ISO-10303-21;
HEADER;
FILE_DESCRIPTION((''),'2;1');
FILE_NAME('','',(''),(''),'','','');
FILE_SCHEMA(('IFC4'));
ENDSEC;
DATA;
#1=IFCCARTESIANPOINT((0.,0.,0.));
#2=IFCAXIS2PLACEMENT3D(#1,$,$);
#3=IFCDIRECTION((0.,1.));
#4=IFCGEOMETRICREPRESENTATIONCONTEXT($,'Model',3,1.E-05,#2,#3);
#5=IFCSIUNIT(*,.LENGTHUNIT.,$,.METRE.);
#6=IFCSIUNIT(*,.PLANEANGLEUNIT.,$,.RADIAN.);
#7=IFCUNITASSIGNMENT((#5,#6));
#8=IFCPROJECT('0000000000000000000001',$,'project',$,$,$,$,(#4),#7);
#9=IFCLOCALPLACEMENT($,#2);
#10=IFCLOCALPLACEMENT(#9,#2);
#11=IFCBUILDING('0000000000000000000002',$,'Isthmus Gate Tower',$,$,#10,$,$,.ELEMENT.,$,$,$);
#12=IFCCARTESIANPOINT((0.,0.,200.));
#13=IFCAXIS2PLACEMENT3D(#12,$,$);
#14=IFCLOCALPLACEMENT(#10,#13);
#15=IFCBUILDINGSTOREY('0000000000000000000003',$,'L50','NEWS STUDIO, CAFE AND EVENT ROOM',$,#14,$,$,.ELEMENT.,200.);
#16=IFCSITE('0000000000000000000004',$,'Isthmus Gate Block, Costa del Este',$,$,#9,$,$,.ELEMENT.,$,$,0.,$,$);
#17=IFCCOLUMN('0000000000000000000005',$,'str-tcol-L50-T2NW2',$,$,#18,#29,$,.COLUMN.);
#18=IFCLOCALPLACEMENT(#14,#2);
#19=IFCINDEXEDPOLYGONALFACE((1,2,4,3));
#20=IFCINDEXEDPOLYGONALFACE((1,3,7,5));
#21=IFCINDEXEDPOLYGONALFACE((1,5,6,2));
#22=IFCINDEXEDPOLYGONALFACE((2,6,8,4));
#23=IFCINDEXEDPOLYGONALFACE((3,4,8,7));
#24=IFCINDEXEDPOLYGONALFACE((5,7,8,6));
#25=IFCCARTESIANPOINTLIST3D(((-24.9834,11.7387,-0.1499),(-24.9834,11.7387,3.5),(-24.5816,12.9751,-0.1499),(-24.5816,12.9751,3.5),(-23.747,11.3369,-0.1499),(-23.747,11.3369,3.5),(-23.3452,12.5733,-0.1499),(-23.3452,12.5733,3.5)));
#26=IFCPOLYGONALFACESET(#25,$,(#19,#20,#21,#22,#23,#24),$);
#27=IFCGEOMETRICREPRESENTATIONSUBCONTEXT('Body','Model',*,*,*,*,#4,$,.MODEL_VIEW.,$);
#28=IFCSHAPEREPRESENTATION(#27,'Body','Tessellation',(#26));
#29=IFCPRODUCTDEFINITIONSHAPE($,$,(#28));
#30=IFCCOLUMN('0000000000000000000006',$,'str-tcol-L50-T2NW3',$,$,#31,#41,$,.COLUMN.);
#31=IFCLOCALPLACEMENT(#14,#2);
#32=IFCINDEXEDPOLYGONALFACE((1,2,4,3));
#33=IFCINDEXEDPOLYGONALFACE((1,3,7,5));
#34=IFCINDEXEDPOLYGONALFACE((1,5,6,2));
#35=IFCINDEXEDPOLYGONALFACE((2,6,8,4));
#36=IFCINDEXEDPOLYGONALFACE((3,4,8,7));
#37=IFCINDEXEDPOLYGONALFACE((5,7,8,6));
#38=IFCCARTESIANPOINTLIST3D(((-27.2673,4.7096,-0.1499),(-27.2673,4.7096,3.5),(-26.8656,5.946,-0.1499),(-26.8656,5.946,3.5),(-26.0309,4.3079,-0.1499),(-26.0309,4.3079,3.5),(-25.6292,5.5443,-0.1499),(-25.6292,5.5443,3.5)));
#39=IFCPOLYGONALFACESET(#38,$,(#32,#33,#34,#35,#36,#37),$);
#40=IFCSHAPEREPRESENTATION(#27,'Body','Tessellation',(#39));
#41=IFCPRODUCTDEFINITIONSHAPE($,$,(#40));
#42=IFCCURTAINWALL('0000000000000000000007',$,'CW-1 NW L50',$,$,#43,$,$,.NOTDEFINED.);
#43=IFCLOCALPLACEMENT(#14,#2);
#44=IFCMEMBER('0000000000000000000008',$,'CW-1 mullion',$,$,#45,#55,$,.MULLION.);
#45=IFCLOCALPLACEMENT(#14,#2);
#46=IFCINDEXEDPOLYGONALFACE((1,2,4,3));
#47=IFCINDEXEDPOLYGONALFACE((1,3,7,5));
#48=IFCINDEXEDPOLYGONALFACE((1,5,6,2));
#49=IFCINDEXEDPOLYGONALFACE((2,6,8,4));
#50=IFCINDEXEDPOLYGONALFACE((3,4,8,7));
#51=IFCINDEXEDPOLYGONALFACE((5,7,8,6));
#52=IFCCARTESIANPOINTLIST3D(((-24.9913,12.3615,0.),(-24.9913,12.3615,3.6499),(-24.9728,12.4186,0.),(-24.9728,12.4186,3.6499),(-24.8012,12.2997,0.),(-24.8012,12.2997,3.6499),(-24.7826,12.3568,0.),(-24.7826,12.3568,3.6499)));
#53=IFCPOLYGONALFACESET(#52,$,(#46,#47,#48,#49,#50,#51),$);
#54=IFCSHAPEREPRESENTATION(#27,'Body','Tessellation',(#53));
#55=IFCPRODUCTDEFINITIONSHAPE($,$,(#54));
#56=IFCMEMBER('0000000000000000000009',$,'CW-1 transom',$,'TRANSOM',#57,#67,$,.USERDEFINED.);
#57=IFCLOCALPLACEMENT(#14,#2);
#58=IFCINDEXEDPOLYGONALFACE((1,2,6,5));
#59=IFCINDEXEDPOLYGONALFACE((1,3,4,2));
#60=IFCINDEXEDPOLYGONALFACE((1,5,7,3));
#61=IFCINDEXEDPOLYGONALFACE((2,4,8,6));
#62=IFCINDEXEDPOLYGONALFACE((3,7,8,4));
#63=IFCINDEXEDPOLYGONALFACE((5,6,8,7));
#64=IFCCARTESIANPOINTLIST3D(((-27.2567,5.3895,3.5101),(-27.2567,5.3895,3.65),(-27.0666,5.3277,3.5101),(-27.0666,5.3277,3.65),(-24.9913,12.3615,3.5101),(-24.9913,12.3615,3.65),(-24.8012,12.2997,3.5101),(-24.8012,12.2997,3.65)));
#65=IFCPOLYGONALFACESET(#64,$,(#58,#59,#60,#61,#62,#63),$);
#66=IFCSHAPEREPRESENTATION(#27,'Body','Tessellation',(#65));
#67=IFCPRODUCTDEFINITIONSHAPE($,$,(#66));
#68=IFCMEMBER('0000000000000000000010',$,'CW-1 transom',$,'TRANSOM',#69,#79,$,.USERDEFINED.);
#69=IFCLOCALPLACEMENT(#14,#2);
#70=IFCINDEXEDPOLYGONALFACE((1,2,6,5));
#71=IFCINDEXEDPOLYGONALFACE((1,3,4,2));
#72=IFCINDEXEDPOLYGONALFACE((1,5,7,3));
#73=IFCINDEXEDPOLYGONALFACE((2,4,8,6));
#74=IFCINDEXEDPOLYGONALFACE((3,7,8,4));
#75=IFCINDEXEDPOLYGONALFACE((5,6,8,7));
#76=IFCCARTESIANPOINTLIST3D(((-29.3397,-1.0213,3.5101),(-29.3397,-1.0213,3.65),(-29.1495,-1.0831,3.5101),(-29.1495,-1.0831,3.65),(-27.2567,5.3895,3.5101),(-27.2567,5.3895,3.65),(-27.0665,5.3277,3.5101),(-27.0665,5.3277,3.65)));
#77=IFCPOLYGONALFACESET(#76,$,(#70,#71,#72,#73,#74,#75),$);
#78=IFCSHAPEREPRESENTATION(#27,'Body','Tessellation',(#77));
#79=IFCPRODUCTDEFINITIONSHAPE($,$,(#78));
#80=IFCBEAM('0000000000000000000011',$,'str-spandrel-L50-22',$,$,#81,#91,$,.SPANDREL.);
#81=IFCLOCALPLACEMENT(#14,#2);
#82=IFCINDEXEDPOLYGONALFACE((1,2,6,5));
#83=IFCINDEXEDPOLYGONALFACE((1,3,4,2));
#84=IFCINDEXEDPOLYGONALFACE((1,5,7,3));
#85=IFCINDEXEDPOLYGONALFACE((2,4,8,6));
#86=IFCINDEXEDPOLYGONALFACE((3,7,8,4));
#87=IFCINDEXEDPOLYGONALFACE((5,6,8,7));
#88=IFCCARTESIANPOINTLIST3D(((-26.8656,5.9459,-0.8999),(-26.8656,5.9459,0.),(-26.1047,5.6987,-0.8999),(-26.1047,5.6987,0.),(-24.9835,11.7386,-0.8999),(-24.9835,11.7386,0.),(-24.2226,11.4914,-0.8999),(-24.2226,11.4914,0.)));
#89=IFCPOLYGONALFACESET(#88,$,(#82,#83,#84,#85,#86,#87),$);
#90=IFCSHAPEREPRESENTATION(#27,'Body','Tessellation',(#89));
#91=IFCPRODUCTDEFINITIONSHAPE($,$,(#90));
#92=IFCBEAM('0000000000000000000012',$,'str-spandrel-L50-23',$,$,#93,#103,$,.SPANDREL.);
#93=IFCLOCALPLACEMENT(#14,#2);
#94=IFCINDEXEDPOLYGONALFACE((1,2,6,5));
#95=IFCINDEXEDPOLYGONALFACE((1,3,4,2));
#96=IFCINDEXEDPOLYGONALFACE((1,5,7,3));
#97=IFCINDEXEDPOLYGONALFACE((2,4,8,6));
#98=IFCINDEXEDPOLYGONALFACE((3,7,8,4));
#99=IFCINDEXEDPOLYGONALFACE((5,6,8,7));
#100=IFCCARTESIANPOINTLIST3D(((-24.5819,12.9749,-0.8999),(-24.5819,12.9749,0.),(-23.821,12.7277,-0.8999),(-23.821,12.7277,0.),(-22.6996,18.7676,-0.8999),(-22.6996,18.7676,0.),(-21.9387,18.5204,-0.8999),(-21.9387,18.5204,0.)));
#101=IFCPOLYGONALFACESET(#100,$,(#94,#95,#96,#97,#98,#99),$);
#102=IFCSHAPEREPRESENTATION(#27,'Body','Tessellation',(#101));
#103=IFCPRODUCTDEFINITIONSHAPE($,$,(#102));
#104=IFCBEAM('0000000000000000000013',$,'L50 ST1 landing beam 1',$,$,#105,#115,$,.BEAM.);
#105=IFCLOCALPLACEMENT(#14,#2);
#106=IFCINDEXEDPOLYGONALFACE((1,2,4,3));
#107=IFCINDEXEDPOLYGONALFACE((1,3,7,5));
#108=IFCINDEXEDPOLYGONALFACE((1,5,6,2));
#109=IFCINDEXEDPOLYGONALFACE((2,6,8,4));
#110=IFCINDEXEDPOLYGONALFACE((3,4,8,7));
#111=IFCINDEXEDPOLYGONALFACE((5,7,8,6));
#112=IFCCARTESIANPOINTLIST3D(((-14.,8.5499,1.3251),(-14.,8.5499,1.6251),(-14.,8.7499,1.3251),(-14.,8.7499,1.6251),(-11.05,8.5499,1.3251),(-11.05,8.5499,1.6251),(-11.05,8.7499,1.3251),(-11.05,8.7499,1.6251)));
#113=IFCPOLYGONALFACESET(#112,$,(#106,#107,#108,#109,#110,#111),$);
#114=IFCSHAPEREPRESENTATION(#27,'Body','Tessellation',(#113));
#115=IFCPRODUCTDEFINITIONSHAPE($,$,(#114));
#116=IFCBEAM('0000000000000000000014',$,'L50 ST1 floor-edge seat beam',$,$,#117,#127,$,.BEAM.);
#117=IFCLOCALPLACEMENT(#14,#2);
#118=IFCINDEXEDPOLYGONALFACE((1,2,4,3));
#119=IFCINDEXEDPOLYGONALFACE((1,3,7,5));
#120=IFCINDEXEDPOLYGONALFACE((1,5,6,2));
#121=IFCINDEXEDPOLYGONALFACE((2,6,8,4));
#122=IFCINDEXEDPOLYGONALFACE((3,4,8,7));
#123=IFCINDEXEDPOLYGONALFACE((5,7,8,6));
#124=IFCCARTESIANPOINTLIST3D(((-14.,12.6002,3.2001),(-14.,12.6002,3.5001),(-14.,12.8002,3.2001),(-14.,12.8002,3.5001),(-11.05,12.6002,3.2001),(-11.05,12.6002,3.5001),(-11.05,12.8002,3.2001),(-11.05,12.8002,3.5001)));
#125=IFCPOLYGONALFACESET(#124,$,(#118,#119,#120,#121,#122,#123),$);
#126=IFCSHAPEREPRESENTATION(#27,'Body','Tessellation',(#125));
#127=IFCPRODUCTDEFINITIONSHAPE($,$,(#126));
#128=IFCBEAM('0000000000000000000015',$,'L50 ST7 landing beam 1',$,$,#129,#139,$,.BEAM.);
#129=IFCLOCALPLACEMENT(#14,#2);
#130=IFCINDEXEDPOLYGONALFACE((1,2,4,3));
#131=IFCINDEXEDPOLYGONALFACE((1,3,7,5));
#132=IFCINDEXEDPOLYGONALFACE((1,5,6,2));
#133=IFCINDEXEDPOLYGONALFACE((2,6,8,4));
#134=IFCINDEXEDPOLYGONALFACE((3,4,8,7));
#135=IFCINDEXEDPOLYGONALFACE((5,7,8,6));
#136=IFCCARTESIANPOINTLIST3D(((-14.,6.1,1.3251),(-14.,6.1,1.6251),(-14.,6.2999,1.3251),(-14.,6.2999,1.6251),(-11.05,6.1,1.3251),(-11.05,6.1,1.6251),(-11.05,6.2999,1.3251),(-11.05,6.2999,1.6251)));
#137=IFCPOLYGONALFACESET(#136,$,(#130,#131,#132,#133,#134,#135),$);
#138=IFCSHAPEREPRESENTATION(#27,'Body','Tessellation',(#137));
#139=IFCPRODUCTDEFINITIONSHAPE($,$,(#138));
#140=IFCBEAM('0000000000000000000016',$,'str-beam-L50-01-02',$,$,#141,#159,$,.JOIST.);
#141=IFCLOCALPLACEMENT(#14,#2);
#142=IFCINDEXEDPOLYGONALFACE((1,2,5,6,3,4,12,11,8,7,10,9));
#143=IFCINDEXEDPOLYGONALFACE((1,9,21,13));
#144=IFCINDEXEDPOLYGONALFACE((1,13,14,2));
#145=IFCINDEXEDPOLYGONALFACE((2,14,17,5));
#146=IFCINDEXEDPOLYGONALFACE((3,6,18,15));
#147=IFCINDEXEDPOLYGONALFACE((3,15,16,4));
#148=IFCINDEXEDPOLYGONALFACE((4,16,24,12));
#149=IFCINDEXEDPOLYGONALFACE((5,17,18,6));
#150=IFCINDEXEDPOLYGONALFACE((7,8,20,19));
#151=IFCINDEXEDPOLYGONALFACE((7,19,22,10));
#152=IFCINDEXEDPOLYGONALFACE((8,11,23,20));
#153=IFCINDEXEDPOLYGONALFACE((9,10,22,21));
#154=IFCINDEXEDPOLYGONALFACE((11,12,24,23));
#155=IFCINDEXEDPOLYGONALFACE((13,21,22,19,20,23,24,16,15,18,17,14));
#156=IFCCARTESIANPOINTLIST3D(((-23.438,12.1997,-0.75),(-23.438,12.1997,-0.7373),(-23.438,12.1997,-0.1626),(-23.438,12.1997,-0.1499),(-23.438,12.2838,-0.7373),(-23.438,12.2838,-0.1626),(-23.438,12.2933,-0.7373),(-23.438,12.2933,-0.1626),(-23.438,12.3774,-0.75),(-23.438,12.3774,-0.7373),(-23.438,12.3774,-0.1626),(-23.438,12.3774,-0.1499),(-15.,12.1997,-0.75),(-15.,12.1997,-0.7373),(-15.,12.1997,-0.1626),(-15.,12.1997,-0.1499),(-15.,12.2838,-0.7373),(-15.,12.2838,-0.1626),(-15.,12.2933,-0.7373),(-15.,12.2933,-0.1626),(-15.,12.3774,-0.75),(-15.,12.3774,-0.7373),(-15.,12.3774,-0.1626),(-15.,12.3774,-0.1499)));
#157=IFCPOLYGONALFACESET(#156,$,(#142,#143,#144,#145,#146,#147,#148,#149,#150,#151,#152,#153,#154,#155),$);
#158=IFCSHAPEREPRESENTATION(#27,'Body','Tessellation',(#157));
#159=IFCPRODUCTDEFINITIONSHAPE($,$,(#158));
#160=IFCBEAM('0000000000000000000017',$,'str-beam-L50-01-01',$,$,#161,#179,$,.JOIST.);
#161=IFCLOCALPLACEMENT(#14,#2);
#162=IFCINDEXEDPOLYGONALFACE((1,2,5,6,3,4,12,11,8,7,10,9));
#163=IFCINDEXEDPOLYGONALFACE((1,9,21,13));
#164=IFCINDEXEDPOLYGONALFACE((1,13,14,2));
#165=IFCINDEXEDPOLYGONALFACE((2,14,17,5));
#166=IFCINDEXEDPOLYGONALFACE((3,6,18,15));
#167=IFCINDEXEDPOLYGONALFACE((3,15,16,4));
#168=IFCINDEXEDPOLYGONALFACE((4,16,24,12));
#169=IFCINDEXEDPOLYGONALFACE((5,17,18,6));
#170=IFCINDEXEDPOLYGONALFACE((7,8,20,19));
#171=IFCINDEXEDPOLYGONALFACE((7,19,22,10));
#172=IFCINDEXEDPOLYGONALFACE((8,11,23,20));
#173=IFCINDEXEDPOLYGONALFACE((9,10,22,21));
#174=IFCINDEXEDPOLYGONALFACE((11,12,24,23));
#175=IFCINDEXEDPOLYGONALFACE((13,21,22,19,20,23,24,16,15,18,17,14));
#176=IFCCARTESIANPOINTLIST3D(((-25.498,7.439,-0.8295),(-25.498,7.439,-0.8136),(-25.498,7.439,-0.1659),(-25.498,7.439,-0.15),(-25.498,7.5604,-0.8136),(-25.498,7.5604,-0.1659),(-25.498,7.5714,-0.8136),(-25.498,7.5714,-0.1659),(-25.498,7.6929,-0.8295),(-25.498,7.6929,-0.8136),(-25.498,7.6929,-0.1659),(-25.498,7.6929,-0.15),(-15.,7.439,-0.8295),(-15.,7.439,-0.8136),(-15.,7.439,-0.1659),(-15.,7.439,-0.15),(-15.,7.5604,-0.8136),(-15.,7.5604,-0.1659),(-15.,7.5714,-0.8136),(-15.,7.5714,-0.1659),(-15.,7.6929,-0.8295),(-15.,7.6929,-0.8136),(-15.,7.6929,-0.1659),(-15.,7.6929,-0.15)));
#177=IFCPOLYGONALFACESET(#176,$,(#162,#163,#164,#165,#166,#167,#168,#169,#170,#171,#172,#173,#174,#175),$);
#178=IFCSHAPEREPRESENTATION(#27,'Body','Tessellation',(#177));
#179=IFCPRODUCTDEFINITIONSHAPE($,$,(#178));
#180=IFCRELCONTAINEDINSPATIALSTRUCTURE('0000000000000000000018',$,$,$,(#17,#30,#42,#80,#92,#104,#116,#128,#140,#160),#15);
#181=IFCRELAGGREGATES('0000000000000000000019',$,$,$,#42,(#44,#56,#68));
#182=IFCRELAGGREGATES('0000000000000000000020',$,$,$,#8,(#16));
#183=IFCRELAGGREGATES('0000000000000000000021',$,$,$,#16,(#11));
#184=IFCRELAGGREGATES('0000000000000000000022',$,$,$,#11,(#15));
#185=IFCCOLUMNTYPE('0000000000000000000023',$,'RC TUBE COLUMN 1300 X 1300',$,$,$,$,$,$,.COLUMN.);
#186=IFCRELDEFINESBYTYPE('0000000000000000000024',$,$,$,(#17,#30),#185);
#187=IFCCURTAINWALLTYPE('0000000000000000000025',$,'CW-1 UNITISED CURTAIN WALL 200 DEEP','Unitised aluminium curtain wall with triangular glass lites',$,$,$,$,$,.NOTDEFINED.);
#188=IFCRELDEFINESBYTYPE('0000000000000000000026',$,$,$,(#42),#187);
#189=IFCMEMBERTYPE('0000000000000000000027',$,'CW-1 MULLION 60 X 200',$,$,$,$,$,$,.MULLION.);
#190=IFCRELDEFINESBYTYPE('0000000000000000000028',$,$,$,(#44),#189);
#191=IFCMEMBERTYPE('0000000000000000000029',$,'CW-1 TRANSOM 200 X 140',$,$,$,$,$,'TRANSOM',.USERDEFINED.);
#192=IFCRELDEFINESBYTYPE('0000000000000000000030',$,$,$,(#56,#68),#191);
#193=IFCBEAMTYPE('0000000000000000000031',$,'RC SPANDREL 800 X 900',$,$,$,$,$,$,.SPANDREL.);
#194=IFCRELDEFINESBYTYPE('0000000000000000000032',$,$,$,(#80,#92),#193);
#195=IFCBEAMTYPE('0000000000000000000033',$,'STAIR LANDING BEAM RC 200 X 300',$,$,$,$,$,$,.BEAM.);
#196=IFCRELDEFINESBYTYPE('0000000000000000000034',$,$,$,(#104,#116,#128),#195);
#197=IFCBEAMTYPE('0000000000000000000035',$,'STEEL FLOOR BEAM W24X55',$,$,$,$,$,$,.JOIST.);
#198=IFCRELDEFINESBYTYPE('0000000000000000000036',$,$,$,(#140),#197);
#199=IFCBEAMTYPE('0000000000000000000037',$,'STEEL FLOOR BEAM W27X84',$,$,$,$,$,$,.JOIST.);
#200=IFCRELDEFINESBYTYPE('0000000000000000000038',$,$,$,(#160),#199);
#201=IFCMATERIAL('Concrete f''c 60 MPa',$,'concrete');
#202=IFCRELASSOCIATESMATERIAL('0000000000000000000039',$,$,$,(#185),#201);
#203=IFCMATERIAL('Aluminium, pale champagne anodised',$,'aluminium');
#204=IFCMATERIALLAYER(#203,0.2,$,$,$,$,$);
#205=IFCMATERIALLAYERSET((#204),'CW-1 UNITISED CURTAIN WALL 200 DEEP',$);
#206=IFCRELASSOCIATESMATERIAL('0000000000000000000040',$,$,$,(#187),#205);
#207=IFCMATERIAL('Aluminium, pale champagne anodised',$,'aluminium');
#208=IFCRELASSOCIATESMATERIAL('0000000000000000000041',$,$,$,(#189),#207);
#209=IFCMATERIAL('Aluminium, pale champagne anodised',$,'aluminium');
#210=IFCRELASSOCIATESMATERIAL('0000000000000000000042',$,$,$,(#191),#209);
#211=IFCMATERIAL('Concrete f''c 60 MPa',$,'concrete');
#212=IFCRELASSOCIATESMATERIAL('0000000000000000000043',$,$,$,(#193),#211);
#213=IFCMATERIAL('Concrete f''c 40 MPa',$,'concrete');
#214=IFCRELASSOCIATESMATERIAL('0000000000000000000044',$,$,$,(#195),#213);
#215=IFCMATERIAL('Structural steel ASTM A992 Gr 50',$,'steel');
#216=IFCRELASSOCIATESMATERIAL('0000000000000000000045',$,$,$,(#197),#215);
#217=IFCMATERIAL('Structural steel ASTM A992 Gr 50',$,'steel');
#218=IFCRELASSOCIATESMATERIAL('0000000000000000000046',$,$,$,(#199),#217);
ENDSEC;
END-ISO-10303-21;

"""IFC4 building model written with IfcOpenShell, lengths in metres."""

from ifc_helpers import new_model, si_unit, direction, frame, origin, origin_2d, place, context, subcontext, project, spatial, rectangle, i_section, extrude, material, layer, layer_set, material_profile, profile_set, type_object, element, aggregate, save


model = new_model("IFC4")

# Units and contexts
model_context = context("Model", 3, precision=1e-05, world=origin(), true_north=direction((0.0, 1.0)))
body_context = subcontext(model_context, "Body", "Model", "MODEL_VIEW")
ifc_project = project(units=[si_unit("LENGTHUNIT", "METRE"), si_unit("PLANEANGLEUNIT", "RADIAN")], contexts=[model_context])

# Site, building, storey
site_placement = place(None, origin())
site = spatial("IfcSite", under=ifc_project, at=site_placement, Name="Isthmus Gate Block, Costa del Este", CompositionType="ELEMENT", RefElevation=0.0)
building_placement = place(site_placement, origin())
building = spatial("IfcBuilding", under=site, at=building_placement, Name="Isthmus Gate Tower", CompositionType="ELEMENT")
storey_placement = place(building_placement, frame((0.0, 0.0, 200.0)))
storey = spatial("IfcBuildingStorey", under=building, at=storey_placement, Name="L50", Description="NEWS STUDIO, CAFE AND EVENT ROOM", CompositionType="ELEMENT", Elevation=200.0)

# Columns
ifc_material_1 = material(Name="Concrete f'c 60 MPa", Category="concrete")
ifc_material_profile_1 = material_profile(ifc_material_1, rectangle(XDim=1.3, YDim=1.3, at=origin_2d()), Name="RC 1300X1300")
ifc_profile_set_1 = profile_set([ifc_material_profile_1], Name="Concrete f'c 60 MPa")
column_type = type_object("IfcColumnType", Name="RC TUBE COLUMN 1300 X 1300", PredefinedType="COLUMN", material=ifc_profile_set_1)
for number, where, z_axis, x_axis, name in (
    (1, (-24.1643, 12.156, -0.1499), (0.0, 0.0, 1.0), (-0.309017, -0.951057, 0.0), "str-tcol-L50-T2NW2"),
    (2, (-26.4482, 5.127, -0.1499), (0.0, 0.0, 1.0), (-0.309017, -0.951057, 0.0), "str-tcol-L50-T2NW3"),
):
    element("IfcColumn", number, at=place(storey_placement, frame(where, z_axis=z_axis, x_axis=x_axis)), inside=storey, type_object=column_type, Name=name, PredefinedType="COLUMN", context=body_context, shape_type="SweptSolid", body=[
        extrude(rectangle(XDim=1.3, YDim=1.3, at=origin_2d()), origin(), (0.0, 0.0, 1.0), 3.6499),
    ])

# Curtain wall, members
ifc_material_2 = material(Name="Aluminium, pale champagne anodised", Category="aluminium")
ifc_layer_1 = layer(ifc_material_2, 0.2)
ifc_layer_set_1 = layer_set([ifc_layer_1], Name="CW-1 UNITISED CURTAIN WALL 200 DEEP")
curtain_wall_type = type_object("IfcCurtainWallType", Name="CW-1 UNITISED CURTAIN WALL 200 DEEP", Description="Unitised aluminium curtain wall with triangular glass lites", PredefinedType="NOTDEFINED", material=ifc_layer_set_1)
curtain_wall_placement = place(storey_placement, origin())
curtain_wall = element("IfcCurtainWall", 3, at=curtain_wall_placement, inside=storey, type_object=curtain_wall_type, Name="CW-1 NW L50", PredefinedType="NOTDEFINED")
ifc_material_3 = material(Name="Aluminium, pale champagne anodised", Category="aluminium")
ifc_material_profile_2 = material_profile(ifc_material_3, rectangle(XDim=0.0601, YDim=0.2, at=origin_2d()), Name="60x200")
ifc_profile_set_2 = profile_set([ifc_material_profile_2], Name="Aluminium, pale champagne anodised")
member_type_1 = type_object("IfcMemberType", Name="CW-1 MULLION 60 X 200", PredefinedType="MULLION", material=ifc_profile_set_2)
member_1_placement = place(storey_placement, frame((-24.887, 12.3591, 0.0), z_axis=(0.0, 0.0, 1.0), x_axis=(-0.309017, -0.951057, 0.0)))
member_1 = element("IfcMember", 4, at=member_1_placement, type_object=member_type_1, Name="CW-1 mullion", PredefinedType="MULLION", context=body_context, shape_type="SweptSolid", body=[
    extrude(rectangle(XDim=0.0601, YDim=0.2, at=origin_2d()), origin(), (0.0, 0.0, 1.0), 3.6499),
])
ifc_material_4 = material(Name="Aluminium, pale champagne anodised", Category="aluminium")
ifc_material_profile_3 = material_profile(ifc_material_4, rectangle(XDim=0.2, YDim=0.1399, at=origin_2d()), Name="200x140")
ifc_profile_set_3 = profile_set([ifc_material_profile_3], Name="Aluminium, pale champagne anodised")
member_type_2 = type_object("IfcMemberType", Name="CW-1 TRANSOM 200 X 140", ElementType="TRANSOM", PredefinedType="USERDEFINED", material=ifc_profile_set_3)
member_2_placement = place(storey_placement, frame((-24.8962, 12.3306, 3.5801), z_axis=(-0.309025, -0.951054, 0.0), x_axis=(0.951054, -0.309025, 0.0)))
member_2 = element("IfcMember", 5, at=member_2_placement, type_object=member_type_2, Name="CW-1 transom", ObjectType="TRANSOM", PredefinedType="USERDEFINED", context=body_context, shape_type="SweptSolid", body=[
    extrude(rectangle(XDim=0.2, YDim=0.1399, at=origin_2d()), origin(), (0.0, 0.0, 1.0), 7.3308),
])
member_3_placement = place(storey_placement, frame((-27.1616, 5.3586, 3.5801), z_axis=(-0.309015, -0.951057, 0.0), x_axis=(0.951057, -0.309015, 0.0)))
member_3 = element("IfcMember", 6, at=member_3_placement, type_object=member_type_2, Name="CW-1 transom", ObjectType="TRANSOM", PredefinedType="USERDEFINED", context=body_context, shape_type="SweptSolid", body=[
    extrude(rectangle(XDim=0.2, YDim=0.1399, at=origin_2d()), origin(), (0.0, 0.0, 1.0), 6.7407),
])

# Beams
ifc_material_5 = material(Name="Concrete f'c 60 MPa", Category="concrete")
ifc_material_profile_4 = material_profile(ifc_material_5, rectangle(XDim=0.8, YDim=0.8999, at=origin_2d()), Name="RC 800X900")
ifc_profile_set_4 = profile_set([ifc_material_profile_4], Name="Concrete f'c 60 MPa")
beam_type_1 = type_object("IfcBeamType", Name="RC SPANDREL 800 X 900", PredefinedType="SPANDREL", material=ifc_profile_set_4)
for number, where, z_axis, x_axis, name in (
    (7, (-26.4851, 5.8223, -0.45), (0.309004, 0.951061, 0.0), (-0.951061, 0.309004, 0.0), "str-spandrel-L50-22"),
    (8, (-24.2014, 12.8513, -0.45), (0.30904, 0.951049, 0.0), (-0.951049, 0.30904, 0.0), "str-spandrel-L50-23"),
):
    element("IfcBeam", number, at=place(storey_placement, frame(where, z_axis=z_axis, x_axis=x_axis)), inside=storey, type_object=beam_type_1, Name=name, PredefinedType="SPANDREL", context=body_context, shape_type="SweptSolid", body=[
        extrude(rectangle(XDim=0.8, YDim=0.8999, at=origin_2d()), origin(), (0.0, 0.0, 1.0), 6.0908),
    ])
ifc_material_6 = material(Name="Concrete f'c 40 MPa", Category="concrete")
ifc_material_profile_5 = material_profile(ifc_material_6, rectangle(XDim=0.2, YDim=0.3, at=origin_2d()), Name="STAIR LANDING BEAM RC 200 X 300")
ifc_profile_set_5 = profile_set([ifc_material_profile_5], Name="Concrete f'c 40 MPa")
beam_type_2 = type_object("IfcBeamType", Name="STAIR LANDING BEAM RC 200 X 300", PredefinedType="BEAM", material=ifc_profile_set_5)
for number, where, z_axis, x_axis, name in (
    (9, (-14.0, 8.6499, 1.4751), (1.0, 0.0, 0.0), (0.0, 1.0, 0.0), "L50 ST1 landing beam 1"),
    (10, (-14.0, 12.7002, 3.3501), (1.0, 0.0, 0.0), (0.0, 1.0, 0.0), "L50 ST1 floor-edge seat beam"),
    (11, (-14.0, 6.2, 1.4751), (1.0, 0.0, 0.0), (0.0, 1.0, 0.0), "L50 ST7 landing beam 1"),
):
    element("IfcBeam", number, at=place(storey_placement, frame(where, z_axis=z_axis, x_axis=x_axis)), inside=storey, type_object=beam_type_2, Name=name, PredefinedType="BEAM", context=body_context, shape_type="SweptSolid", body=[
        extrude(rectangle(XDim=0.2, YDim=0.3, at=origin_2d()), origin(), (0.0, 0.0, 1.0), 2.95),
    ])
ifc_material_7 = material(Name="Structural steel ASTM A992 Gr 50", Category="steel")
ifc_material_profile_6 = material_profile(ifc_material_7, i_section(OverallWidth=0.1777, OverallDepth=0.6001, WebThickness=0.0095, FlangeThickness=0.0127, at=origin_2d()), Name="W24X55")
ifc_profile_set_6 = profile_set([ifc_material_profile_6], Name="Structural steel ASTM A992 Gr 50")
beam_type_3 = type_object("IfcBeamType", Name="STEEL FLOOR BEAM W24X55", PredefinedType="JOIST", material=ifc_profile_set_6)
beam_1_placement = place(storey_placement, frame((-23.438, 12.2886, -0.45), z_axis=(1.0, 0.0, 0.0), x_axis=(0.0, 1.0, 0.0)))
element("IfcBeam", 12, at=beam_1_placement, inside=storey, type_object=beam_type_3, Name="str-beam-L50-01-02", PredefinedType="JOIST", context=body_context, shape_type="SweptSolid", body=[
    extrude(i_section(OverallWidth=0.1777, OverallDepth=0.6001, WebThickness=0.0095, FlangeThickness=0.0127, at=origin_2d()), origin(), (0.0, 0.0, 1.0), 8.438),
])
ifc_material_8 = material(Name="Structural steel ASTM A992 Gr 50", Category="steel")
ifc_material_profile_7 = material_profile(ifc_material_8, i_section(OverallWidth=0.2539, OverallDepth=0.6794, WebThickness=0.011, FlangeThickness=0.0159, at=origin_2d()), Name="W27X84")
ifc_profile_set_7 = profile_set([ifc_material_profile_7], Name="Structural steel ASTM A992 Gr 50")
beam_type_4 = type_object("IfcBeamType", Name="STEEL FLOOR BEAM W27X84", PredefinedType="JOIST", material=ifc_profile_set_7)
beam_2_placement = place(storey_placement, frame((-25.498, 7.5659, -0.4897), z_axis=(1.0, 0.0, 0.0), x_axis=(0.0, 1.0, 0.0)))
element("IfcBeam", 13, at=beam_2_placement, inside=storey, type_object=beam_type_4, Name="str-beam-L50-01-01", PredefinedType="JOIST", context=body_context, shape_type="SweptSolid", body=[
    extrude(i_section(OverallWidth=0.2539, OverallDepth=0.6794, WebThickness=0.011, FlangeThickness=0.0159, at=origin_2d()), origin(), (0.0, 0.0, 1.0), 10.498),
])

aggregate(curtain_wall, [member_1, member_2, member_3])

save(model, "model.ifc")
